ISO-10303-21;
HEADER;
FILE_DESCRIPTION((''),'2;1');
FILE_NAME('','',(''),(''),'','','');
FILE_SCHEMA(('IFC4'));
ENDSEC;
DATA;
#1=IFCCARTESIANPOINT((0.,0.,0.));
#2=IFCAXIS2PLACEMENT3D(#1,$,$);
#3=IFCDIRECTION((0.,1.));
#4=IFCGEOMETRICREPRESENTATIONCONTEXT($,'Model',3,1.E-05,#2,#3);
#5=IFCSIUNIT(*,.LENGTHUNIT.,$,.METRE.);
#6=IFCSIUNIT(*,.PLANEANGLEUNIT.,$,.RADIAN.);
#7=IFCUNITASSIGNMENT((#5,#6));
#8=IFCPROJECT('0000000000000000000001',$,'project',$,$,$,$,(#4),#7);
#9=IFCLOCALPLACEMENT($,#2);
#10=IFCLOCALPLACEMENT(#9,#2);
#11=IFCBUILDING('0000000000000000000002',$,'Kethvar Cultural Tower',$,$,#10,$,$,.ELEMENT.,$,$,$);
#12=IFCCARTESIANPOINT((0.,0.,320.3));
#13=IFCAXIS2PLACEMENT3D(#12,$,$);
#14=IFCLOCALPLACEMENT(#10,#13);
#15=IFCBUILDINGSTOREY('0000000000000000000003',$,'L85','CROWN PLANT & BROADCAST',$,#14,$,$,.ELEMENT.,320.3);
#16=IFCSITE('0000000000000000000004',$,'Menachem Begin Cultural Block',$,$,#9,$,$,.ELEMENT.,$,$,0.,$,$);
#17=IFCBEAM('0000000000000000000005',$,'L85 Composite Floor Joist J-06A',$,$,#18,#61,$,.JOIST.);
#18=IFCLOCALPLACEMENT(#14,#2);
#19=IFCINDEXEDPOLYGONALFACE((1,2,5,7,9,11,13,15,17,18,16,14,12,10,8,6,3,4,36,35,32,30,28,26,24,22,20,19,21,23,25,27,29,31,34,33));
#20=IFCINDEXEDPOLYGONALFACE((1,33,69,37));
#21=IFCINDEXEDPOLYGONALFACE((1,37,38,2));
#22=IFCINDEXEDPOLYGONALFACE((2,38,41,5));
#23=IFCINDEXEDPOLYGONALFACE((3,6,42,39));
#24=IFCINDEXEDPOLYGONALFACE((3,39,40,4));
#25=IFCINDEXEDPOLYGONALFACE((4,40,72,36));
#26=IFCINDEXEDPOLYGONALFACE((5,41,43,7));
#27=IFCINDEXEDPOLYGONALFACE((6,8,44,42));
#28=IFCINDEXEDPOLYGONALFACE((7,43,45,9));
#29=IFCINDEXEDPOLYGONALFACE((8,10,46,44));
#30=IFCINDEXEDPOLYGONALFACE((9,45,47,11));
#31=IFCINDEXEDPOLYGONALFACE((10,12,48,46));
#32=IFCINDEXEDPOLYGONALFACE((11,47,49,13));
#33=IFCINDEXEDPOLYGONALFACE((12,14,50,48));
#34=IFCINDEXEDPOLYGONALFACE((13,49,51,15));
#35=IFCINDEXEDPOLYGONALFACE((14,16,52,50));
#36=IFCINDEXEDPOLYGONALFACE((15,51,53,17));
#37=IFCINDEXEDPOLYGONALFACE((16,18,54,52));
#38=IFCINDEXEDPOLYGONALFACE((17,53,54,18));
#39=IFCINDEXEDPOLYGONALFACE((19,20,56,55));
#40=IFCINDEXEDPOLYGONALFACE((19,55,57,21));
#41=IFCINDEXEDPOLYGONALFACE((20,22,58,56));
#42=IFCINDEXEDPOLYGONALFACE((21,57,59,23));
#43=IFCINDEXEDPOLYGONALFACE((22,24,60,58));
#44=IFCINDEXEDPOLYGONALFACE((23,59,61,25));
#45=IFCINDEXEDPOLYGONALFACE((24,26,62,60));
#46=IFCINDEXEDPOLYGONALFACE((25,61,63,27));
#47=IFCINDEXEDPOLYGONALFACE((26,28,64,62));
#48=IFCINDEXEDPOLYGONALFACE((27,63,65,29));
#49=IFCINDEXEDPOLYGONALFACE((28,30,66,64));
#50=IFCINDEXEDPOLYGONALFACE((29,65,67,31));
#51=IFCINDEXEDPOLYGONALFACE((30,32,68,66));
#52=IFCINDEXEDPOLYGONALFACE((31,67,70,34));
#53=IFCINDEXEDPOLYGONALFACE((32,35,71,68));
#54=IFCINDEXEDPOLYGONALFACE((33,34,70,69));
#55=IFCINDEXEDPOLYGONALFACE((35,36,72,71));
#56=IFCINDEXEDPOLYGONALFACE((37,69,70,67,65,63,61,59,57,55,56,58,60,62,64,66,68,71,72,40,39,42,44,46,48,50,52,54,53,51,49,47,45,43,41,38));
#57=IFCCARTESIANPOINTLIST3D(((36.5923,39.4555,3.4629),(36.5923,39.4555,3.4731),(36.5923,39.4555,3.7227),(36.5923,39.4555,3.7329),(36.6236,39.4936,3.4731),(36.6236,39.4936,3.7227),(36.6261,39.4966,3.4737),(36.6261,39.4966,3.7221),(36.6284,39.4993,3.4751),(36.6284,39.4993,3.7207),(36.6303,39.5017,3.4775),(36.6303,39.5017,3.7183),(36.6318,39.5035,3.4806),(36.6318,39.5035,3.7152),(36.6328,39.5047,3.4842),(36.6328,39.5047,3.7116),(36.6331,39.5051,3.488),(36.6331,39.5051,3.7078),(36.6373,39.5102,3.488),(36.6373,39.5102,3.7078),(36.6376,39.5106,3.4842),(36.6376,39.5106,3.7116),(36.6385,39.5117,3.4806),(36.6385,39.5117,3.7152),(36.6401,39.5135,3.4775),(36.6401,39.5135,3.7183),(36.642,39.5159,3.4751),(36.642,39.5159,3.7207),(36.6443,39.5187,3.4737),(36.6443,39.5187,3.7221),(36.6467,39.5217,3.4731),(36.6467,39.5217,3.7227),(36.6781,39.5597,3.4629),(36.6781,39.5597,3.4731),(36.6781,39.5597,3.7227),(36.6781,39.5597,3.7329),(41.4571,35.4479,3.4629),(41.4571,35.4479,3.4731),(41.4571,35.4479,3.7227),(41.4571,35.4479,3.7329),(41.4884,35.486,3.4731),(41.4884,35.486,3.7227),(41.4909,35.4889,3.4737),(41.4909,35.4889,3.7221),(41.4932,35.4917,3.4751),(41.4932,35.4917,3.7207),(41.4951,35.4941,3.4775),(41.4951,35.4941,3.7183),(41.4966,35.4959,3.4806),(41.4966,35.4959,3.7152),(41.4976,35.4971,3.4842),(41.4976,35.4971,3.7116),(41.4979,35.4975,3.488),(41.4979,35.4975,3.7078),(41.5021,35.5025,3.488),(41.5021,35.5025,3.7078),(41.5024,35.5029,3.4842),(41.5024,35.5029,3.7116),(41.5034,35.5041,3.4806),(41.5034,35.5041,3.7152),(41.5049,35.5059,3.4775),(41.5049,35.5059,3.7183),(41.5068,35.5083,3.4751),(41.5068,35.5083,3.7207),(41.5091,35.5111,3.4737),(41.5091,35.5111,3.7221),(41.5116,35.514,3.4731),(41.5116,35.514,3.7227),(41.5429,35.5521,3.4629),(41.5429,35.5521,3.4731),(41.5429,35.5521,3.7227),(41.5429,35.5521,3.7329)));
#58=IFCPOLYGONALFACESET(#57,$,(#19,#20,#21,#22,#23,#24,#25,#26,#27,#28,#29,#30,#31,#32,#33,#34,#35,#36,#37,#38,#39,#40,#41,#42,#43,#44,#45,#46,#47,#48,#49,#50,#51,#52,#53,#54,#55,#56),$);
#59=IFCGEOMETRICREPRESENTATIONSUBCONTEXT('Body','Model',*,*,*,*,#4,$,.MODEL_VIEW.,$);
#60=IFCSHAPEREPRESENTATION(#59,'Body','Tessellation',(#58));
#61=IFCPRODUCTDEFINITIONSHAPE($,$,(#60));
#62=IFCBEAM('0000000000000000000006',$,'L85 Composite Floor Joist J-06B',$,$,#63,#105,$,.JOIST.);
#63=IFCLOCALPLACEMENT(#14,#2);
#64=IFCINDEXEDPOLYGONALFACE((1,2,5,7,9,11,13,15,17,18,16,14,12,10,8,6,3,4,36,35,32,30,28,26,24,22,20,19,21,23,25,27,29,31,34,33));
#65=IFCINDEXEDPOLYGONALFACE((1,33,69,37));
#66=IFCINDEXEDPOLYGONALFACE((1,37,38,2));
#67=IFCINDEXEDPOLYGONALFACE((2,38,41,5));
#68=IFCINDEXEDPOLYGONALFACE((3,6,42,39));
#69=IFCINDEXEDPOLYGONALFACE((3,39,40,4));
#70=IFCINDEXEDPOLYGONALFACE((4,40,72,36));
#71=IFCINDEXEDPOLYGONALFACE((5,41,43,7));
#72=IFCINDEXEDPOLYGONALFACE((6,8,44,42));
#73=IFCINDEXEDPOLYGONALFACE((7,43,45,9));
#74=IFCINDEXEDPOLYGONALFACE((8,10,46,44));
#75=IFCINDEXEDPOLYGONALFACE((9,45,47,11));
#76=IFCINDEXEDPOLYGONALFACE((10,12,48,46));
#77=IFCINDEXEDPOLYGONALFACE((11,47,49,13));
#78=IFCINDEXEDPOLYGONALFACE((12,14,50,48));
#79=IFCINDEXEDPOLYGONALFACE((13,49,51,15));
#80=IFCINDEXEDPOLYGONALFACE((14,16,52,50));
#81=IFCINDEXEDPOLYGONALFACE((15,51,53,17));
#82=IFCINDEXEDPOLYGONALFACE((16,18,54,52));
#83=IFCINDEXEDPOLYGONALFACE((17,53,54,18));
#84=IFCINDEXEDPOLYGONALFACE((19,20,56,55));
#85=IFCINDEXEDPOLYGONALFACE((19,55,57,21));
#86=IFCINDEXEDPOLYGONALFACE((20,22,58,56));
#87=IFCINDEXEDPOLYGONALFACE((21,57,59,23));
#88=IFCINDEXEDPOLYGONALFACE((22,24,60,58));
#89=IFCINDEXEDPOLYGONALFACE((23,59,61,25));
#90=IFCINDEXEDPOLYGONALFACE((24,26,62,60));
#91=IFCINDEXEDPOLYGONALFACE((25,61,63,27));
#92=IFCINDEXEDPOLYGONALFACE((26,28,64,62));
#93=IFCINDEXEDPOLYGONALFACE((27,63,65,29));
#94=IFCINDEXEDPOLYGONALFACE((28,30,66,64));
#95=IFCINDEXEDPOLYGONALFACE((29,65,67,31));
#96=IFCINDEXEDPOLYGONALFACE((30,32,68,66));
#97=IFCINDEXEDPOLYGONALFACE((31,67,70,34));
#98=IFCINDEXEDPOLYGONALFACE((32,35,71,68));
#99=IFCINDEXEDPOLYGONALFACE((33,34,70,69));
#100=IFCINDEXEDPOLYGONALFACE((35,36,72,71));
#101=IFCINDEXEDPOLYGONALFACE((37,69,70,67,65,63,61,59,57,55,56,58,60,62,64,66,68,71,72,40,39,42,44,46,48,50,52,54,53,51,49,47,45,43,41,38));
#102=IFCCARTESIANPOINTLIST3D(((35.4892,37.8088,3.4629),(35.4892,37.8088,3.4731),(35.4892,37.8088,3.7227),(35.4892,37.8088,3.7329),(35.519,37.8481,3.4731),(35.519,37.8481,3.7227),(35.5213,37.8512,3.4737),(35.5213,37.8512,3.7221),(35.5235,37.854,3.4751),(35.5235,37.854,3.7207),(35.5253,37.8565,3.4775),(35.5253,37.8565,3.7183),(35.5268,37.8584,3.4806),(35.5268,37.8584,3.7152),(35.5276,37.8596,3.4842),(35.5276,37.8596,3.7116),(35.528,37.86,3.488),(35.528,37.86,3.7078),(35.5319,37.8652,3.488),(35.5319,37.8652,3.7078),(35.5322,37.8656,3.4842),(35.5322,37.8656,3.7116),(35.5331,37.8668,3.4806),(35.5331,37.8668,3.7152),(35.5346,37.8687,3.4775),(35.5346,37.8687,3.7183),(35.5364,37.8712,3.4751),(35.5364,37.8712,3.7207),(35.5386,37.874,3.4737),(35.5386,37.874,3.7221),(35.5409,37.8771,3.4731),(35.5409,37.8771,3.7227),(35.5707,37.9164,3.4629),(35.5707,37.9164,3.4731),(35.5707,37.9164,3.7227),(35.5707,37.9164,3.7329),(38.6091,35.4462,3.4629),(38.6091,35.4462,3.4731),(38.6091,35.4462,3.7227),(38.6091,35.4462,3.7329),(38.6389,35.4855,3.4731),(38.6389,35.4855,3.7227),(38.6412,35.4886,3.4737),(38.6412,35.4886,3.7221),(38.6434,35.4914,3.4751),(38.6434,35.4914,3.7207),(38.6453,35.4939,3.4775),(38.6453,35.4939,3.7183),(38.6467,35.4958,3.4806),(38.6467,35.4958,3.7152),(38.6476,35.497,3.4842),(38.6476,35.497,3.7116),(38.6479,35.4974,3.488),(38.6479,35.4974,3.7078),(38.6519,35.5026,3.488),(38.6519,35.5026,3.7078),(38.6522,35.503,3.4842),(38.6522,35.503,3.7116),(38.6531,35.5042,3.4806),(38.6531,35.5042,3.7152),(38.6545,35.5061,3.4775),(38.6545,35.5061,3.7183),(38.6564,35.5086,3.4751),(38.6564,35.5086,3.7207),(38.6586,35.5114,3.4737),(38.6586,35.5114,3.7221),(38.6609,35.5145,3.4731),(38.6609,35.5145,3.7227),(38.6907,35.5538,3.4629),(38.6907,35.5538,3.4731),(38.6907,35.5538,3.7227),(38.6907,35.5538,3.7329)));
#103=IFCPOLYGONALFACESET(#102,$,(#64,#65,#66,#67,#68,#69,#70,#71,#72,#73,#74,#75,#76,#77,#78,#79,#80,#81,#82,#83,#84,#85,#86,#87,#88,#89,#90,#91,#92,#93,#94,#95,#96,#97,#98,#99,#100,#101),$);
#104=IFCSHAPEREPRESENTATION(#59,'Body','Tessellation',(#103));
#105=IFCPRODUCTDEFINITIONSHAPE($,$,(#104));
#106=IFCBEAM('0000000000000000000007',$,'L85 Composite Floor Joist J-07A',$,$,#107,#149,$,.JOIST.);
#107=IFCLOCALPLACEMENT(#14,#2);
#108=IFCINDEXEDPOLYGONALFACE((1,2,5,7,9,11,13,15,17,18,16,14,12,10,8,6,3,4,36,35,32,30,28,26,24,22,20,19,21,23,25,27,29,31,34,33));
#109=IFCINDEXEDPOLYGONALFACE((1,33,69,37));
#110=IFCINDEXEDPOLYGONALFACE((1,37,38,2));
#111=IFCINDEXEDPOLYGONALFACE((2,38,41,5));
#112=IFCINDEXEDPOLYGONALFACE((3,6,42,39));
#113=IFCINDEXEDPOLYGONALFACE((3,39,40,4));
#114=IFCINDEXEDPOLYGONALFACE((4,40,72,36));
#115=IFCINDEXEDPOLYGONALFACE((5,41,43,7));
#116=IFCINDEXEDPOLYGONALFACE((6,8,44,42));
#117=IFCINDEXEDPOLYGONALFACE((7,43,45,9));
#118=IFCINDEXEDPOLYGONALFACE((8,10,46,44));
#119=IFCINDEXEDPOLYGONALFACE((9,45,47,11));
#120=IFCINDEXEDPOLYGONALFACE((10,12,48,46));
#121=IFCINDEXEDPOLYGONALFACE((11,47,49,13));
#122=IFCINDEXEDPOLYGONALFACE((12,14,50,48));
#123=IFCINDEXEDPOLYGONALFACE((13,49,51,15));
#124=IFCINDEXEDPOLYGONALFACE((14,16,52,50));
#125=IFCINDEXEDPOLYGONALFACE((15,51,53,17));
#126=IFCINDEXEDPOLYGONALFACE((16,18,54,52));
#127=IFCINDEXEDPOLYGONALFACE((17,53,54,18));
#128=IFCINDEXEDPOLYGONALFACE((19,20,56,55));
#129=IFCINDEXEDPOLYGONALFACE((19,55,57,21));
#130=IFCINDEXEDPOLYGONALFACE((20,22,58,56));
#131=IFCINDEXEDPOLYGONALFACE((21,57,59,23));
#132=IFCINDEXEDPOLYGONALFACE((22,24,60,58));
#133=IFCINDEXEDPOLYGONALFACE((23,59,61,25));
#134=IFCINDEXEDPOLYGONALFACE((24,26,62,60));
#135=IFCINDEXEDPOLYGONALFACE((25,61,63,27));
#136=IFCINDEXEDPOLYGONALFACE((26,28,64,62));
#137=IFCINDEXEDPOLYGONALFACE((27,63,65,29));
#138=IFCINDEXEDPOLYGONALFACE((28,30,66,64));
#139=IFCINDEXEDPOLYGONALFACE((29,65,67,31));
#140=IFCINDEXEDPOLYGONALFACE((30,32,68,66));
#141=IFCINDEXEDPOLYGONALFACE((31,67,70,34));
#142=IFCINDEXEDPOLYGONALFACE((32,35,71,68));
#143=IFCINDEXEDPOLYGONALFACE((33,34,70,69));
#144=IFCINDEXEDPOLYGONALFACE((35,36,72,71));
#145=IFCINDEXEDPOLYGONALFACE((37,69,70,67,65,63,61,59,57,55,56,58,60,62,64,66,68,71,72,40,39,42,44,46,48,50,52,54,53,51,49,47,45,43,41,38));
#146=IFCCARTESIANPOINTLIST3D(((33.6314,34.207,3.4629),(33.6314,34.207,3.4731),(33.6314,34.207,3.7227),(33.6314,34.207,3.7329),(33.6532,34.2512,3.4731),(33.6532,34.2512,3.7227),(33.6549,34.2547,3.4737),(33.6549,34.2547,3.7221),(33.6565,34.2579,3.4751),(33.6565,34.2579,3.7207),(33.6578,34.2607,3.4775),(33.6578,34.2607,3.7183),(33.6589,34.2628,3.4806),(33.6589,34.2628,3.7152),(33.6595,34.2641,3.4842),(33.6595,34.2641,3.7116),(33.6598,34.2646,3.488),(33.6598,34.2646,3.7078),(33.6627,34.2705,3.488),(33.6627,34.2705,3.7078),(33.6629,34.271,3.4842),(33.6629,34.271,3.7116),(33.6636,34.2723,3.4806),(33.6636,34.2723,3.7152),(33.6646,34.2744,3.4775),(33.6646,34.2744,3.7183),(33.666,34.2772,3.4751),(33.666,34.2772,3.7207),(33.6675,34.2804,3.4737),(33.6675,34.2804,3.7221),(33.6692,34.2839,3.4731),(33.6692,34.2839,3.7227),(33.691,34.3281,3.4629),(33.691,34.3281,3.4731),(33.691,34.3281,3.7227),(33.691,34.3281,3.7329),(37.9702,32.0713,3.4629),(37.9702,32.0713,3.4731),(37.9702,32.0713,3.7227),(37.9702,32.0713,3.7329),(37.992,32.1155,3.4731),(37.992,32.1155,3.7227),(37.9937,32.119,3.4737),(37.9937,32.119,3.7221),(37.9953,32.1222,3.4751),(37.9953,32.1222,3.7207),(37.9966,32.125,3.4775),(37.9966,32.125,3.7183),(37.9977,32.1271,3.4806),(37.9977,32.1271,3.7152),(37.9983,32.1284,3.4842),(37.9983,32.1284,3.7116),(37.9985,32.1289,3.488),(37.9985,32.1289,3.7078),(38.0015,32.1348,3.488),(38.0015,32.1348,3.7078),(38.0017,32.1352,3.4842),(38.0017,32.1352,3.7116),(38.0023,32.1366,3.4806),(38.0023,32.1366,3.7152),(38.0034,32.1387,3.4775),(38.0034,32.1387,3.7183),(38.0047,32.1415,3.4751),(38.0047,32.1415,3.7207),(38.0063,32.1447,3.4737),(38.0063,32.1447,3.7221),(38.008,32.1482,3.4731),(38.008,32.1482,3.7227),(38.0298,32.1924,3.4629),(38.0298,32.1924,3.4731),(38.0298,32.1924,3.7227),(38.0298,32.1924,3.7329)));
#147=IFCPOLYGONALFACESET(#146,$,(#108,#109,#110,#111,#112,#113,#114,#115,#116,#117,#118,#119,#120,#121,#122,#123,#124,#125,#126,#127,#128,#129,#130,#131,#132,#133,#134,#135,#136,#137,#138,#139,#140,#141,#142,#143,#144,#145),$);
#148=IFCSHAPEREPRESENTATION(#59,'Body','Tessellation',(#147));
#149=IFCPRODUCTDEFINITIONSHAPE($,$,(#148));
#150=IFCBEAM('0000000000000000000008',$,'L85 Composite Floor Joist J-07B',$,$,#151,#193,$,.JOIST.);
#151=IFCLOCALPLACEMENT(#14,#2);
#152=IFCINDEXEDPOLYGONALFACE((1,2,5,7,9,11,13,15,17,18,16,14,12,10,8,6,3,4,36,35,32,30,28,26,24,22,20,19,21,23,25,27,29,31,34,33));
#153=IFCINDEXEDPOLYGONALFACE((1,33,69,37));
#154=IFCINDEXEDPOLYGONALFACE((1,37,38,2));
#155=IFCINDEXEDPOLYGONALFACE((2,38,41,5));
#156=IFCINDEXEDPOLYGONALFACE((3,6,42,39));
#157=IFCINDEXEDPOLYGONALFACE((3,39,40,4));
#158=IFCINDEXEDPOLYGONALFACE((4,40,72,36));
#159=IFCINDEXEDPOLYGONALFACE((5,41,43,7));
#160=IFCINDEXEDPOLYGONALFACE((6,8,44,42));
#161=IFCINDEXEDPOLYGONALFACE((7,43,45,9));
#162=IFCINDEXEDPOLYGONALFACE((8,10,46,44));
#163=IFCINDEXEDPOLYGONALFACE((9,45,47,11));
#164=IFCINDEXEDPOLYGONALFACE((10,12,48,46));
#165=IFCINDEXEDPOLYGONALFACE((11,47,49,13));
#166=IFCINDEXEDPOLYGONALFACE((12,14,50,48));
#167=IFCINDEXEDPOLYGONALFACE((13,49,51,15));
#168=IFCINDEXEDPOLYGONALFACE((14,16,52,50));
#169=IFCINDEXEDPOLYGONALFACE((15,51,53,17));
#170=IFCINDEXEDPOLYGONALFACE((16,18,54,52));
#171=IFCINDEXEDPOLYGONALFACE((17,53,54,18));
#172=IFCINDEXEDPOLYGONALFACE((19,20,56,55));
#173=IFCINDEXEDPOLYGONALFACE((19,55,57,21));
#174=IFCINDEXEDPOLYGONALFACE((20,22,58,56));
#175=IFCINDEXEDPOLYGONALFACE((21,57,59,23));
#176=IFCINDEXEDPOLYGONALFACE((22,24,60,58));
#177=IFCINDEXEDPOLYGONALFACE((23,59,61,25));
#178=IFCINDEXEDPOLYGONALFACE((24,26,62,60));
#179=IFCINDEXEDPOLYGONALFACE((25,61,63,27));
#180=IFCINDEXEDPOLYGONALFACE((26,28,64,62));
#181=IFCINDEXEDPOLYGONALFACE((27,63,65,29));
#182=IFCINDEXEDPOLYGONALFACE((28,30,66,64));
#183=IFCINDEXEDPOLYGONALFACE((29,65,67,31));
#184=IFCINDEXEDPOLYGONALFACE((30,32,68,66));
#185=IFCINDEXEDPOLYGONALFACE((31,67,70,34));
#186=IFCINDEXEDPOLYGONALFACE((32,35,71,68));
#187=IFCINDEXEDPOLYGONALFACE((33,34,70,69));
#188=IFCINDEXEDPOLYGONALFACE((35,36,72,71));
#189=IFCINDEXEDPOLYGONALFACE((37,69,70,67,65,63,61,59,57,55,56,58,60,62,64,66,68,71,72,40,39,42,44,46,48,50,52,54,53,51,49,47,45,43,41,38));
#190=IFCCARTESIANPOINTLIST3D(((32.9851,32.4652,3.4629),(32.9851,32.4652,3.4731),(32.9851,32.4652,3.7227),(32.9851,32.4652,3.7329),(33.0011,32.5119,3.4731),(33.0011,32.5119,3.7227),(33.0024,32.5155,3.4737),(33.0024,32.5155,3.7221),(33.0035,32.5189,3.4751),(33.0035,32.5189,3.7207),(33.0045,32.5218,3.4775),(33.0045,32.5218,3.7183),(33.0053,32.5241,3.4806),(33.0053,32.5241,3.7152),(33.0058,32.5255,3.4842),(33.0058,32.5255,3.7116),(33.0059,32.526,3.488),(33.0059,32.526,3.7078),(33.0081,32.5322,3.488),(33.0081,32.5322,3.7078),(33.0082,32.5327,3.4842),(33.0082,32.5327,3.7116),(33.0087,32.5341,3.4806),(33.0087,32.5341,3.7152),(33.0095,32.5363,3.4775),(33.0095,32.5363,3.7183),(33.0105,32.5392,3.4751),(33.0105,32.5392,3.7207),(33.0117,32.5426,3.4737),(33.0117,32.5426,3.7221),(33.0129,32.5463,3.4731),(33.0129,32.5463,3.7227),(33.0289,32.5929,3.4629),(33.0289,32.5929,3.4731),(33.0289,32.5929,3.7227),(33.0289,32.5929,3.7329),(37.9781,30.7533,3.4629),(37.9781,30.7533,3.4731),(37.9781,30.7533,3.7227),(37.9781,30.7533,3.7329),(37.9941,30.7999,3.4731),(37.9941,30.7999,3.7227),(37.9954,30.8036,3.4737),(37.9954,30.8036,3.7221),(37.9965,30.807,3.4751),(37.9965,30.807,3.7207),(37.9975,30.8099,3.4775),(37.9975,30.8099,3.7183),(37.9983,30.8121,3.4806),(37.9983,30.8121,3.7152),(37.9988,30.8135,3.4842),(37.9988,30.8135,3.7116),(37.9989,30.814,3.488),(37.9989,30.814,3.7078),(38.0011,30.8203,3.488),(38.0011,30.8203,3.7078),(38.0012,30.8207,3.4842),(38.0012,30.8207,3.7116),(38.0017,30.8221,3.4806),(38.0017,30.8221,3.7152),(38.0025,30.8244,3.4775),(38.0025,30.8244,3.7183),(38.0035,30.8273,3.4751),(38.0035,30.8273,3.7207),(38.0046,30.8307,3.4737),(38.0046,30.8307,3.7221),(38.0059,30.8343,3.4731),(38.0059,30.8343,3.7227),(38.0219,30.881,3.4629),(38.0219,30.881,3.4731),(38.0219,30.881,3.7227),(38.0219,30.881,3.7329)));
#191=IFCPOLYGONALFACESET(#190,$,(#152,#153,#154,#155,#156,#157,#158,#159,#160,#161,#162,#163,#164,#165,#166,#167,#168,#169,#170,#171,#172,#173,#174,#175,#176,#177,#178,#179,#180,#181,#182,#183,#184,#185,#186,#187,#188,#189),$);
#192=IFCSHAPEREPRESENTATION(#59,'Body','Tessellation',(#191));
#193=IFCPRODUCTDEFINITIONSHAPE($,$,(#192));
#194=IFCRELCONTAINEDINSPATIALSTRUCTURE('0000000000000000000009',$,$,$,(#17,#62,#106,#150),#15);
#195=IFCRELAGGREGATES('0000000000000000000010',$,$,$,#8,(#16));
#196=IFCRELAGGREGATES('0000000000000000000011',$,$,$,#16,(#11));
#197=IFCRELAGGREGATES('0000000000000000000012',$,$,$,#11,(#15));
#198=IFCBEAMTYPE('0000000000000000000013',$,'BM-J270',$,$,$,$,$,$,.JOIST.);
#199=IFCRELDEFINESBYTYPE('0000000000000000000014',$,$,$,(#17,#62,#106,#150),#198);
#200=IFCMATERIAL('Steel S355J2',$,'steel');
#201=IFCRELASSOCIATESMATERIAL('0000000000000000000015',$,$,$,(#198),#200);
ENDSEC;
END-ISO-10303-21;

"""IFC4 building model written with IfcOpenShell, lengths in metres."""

from ifc_helpers import new_model, si_unit, direction, frame, origin, origin_2d, place, context, subcontext, project, spatial, i_section, extrude, source, transform, mapped, material, material_profile, profile_set, type_object, element, save


model = new_model("IFC4")

# Units and contexts
model_context = context("Model", 3, precision=1e-05, world=origin(), true_north=direction((0.0, 1.0)))
body_context = subcontext(model_context, "Body", "Model", "MODEL_VIEW")
ifc_project = project(units=[si_unit("LENGTHUNIT", "METRE"), si_unit("PLANEANGLEUNIT", "RADIAN")], contexts=[model_context])

# Site, building, storey
site_placement = place(None, origin())
site = spatial("IfcSite", under=ifc_project, at=site_placement, Name="Menachem Begin Cultural Block", CompositionType="ELEMENT", RefElevation=0.0)
building_placement = place(site_placement, origin())
building = spatial("IfcBuilding", under=site, at=building_placement, Name="Kethvar Cultural Tower", CompositionType="ELEMENT")
storey_placement = place(building_placement, frame((0.0, 0.0, 320.3)))
storey = spatial("IfcBuildingStorey", under=building, at=storey_placement, Name="L85", Description="CROWN PLANT & BROADCAST", CompositionType="ELEMENT", Elevation=320.3)

# Beams
ifc_material_1 = material(Name="Steel S355J2", Category="steel")
ifc_material_profile_1 = material_profile(ifc_material_1, i_section(OverallWidth=0.135, OverallDepth=0.27, WebThickness=0.0066, FlangeThickness=0.0103, FilletRadius=0.0149, at=origin_2d()), Name="Steel S355J2 — IPE270")
ifc_profile_set_1 = profile_set([ifc_material_profile_1], Name="Steel S355J2 — IPE270")
beam_type_1 = type_object("IfcBeamType", Name="BM-J270", PredefinedType="JOIST", material=ifc_profile_set_1)
shared_shape_1 = source(origin(), body_context, "Body", "SweptSolid", [
    extrude(i_section(OverallWidth=0.135, OverallDepth=0.27, WebThickness=0.0066, FlangeThickness=0.0103, FilletRadius=0.0149, at=origin_2d()), origin(), (0.0, 0.0, 1.0), 6.303),
])
beam_1_placement = place(storey_placement, frame((41.5, 35.5, 3.5979), z_axis=(-0.771828, 0.635831, 0.0), x_axis=(-0.635831, -0.771828, 0.0)))
element("IfcBeam", 1, at=beam_1_placement, inside=storey, type_object=beam_type_1, Name="L85 Composite Floor Joist J-06A", PredefinedType="JOIST", context=body_context, shape_type="MappedRepresentation", body=[
    mapped(shared_shape_1, transform((0.0, 0.0, 0.0), scale=1.0)),
])
shared_shape_2 = source(origin(), body_context, "Body", "SweptSolid", [
    extrude(i_section(OverallWidth=0.135, OverallDepth=0.27, WebThickness=0.0066, FlangeThickness=0.0103, FilletRadius=0.0149, at=origin_2d()), origin(), (0.0, 0.0, 1.0), 3.9136),
])
beam_2_placement = place(storey_placement, frame((38.6499, 35.5, 3.5979), z_axis=(-0.797214, 0.603697, 0.0), x_axis=(-0.603697, -0.797214, 0.0)))
element("IfcBeam", 2, at=beam_2_placement, inside=storey, type_object=beam_type_1, Name="L85 Composite Floor Joist J-06B", PredefinedType="JOIST", context=body_context, shape_type="MappedRepresentation", body=[
    mapped(shared_shape_2, transform((0.0, 0.0, 0.0), scale=1.0)),
])
shared_shape_3 = source(origin(), body_context, "Body", "SweptSolid", [
    extrude(i_section(OverallWidth=0.135, OverallDepth=0.27, WebThickness=0.0066, FlangeThickness=0.0103, FilletRadius=0.0149, at=origin_2d()), origin(), (0.0, 0.0, 1.0), 4.8359),
])
beam_3_placement = place(storey_placement, frame((38.0, 32.1318, 3.5979), z_axis=(-0.897197, 0.441632, 0.0), x_axis=(-0.441632, -0.897197, 0.0)))
element("IfcBeam", 3, at=beam_3_placement, inside=storey, type_object=beam_type_1, Name="L85 Composite Floor Joist J-07A", PredefinedType="JOIST", context=body_context, shape_type="MappedRepresentation", body=[
    mapped(shared_shape_3, transform((0.0, 0.0, 0.0), scale=1.0)),
])
shared_shape_4 = source(origin(), body_context, "Body", "SweptSolid", [
    extrude(i_section(OverallWidth=0.135, OverallDepth=0.27, WebThickness=0.0066, FlangeThickness=0.0103, FilletRadius=0.0149, at=origin_2d()), origin(), (0.0, 0.0, 1.0), 5.2783),
])
beam_4_placement = place(storey_placement, frame((38.0, 30.8171, 3.5979), z_axis=(-0.945943, 0.324334, 0.0), x_axis=(-0.324334, -0.945943, 0.0)))
element("IfcBeam", 4, at=beam_4_placement, inside=storey, type_object=beam_type_1, Name="L85 Composite Floor Joist J-07B", PredefinedType="JOIST", context=body_context, shape_type="MappedRepresentation", body=[
    mapped(shared_shape_4, transform((0.0, 0.0, 0.0), scale=1.0)),
])

save(model, "model.ifc")
